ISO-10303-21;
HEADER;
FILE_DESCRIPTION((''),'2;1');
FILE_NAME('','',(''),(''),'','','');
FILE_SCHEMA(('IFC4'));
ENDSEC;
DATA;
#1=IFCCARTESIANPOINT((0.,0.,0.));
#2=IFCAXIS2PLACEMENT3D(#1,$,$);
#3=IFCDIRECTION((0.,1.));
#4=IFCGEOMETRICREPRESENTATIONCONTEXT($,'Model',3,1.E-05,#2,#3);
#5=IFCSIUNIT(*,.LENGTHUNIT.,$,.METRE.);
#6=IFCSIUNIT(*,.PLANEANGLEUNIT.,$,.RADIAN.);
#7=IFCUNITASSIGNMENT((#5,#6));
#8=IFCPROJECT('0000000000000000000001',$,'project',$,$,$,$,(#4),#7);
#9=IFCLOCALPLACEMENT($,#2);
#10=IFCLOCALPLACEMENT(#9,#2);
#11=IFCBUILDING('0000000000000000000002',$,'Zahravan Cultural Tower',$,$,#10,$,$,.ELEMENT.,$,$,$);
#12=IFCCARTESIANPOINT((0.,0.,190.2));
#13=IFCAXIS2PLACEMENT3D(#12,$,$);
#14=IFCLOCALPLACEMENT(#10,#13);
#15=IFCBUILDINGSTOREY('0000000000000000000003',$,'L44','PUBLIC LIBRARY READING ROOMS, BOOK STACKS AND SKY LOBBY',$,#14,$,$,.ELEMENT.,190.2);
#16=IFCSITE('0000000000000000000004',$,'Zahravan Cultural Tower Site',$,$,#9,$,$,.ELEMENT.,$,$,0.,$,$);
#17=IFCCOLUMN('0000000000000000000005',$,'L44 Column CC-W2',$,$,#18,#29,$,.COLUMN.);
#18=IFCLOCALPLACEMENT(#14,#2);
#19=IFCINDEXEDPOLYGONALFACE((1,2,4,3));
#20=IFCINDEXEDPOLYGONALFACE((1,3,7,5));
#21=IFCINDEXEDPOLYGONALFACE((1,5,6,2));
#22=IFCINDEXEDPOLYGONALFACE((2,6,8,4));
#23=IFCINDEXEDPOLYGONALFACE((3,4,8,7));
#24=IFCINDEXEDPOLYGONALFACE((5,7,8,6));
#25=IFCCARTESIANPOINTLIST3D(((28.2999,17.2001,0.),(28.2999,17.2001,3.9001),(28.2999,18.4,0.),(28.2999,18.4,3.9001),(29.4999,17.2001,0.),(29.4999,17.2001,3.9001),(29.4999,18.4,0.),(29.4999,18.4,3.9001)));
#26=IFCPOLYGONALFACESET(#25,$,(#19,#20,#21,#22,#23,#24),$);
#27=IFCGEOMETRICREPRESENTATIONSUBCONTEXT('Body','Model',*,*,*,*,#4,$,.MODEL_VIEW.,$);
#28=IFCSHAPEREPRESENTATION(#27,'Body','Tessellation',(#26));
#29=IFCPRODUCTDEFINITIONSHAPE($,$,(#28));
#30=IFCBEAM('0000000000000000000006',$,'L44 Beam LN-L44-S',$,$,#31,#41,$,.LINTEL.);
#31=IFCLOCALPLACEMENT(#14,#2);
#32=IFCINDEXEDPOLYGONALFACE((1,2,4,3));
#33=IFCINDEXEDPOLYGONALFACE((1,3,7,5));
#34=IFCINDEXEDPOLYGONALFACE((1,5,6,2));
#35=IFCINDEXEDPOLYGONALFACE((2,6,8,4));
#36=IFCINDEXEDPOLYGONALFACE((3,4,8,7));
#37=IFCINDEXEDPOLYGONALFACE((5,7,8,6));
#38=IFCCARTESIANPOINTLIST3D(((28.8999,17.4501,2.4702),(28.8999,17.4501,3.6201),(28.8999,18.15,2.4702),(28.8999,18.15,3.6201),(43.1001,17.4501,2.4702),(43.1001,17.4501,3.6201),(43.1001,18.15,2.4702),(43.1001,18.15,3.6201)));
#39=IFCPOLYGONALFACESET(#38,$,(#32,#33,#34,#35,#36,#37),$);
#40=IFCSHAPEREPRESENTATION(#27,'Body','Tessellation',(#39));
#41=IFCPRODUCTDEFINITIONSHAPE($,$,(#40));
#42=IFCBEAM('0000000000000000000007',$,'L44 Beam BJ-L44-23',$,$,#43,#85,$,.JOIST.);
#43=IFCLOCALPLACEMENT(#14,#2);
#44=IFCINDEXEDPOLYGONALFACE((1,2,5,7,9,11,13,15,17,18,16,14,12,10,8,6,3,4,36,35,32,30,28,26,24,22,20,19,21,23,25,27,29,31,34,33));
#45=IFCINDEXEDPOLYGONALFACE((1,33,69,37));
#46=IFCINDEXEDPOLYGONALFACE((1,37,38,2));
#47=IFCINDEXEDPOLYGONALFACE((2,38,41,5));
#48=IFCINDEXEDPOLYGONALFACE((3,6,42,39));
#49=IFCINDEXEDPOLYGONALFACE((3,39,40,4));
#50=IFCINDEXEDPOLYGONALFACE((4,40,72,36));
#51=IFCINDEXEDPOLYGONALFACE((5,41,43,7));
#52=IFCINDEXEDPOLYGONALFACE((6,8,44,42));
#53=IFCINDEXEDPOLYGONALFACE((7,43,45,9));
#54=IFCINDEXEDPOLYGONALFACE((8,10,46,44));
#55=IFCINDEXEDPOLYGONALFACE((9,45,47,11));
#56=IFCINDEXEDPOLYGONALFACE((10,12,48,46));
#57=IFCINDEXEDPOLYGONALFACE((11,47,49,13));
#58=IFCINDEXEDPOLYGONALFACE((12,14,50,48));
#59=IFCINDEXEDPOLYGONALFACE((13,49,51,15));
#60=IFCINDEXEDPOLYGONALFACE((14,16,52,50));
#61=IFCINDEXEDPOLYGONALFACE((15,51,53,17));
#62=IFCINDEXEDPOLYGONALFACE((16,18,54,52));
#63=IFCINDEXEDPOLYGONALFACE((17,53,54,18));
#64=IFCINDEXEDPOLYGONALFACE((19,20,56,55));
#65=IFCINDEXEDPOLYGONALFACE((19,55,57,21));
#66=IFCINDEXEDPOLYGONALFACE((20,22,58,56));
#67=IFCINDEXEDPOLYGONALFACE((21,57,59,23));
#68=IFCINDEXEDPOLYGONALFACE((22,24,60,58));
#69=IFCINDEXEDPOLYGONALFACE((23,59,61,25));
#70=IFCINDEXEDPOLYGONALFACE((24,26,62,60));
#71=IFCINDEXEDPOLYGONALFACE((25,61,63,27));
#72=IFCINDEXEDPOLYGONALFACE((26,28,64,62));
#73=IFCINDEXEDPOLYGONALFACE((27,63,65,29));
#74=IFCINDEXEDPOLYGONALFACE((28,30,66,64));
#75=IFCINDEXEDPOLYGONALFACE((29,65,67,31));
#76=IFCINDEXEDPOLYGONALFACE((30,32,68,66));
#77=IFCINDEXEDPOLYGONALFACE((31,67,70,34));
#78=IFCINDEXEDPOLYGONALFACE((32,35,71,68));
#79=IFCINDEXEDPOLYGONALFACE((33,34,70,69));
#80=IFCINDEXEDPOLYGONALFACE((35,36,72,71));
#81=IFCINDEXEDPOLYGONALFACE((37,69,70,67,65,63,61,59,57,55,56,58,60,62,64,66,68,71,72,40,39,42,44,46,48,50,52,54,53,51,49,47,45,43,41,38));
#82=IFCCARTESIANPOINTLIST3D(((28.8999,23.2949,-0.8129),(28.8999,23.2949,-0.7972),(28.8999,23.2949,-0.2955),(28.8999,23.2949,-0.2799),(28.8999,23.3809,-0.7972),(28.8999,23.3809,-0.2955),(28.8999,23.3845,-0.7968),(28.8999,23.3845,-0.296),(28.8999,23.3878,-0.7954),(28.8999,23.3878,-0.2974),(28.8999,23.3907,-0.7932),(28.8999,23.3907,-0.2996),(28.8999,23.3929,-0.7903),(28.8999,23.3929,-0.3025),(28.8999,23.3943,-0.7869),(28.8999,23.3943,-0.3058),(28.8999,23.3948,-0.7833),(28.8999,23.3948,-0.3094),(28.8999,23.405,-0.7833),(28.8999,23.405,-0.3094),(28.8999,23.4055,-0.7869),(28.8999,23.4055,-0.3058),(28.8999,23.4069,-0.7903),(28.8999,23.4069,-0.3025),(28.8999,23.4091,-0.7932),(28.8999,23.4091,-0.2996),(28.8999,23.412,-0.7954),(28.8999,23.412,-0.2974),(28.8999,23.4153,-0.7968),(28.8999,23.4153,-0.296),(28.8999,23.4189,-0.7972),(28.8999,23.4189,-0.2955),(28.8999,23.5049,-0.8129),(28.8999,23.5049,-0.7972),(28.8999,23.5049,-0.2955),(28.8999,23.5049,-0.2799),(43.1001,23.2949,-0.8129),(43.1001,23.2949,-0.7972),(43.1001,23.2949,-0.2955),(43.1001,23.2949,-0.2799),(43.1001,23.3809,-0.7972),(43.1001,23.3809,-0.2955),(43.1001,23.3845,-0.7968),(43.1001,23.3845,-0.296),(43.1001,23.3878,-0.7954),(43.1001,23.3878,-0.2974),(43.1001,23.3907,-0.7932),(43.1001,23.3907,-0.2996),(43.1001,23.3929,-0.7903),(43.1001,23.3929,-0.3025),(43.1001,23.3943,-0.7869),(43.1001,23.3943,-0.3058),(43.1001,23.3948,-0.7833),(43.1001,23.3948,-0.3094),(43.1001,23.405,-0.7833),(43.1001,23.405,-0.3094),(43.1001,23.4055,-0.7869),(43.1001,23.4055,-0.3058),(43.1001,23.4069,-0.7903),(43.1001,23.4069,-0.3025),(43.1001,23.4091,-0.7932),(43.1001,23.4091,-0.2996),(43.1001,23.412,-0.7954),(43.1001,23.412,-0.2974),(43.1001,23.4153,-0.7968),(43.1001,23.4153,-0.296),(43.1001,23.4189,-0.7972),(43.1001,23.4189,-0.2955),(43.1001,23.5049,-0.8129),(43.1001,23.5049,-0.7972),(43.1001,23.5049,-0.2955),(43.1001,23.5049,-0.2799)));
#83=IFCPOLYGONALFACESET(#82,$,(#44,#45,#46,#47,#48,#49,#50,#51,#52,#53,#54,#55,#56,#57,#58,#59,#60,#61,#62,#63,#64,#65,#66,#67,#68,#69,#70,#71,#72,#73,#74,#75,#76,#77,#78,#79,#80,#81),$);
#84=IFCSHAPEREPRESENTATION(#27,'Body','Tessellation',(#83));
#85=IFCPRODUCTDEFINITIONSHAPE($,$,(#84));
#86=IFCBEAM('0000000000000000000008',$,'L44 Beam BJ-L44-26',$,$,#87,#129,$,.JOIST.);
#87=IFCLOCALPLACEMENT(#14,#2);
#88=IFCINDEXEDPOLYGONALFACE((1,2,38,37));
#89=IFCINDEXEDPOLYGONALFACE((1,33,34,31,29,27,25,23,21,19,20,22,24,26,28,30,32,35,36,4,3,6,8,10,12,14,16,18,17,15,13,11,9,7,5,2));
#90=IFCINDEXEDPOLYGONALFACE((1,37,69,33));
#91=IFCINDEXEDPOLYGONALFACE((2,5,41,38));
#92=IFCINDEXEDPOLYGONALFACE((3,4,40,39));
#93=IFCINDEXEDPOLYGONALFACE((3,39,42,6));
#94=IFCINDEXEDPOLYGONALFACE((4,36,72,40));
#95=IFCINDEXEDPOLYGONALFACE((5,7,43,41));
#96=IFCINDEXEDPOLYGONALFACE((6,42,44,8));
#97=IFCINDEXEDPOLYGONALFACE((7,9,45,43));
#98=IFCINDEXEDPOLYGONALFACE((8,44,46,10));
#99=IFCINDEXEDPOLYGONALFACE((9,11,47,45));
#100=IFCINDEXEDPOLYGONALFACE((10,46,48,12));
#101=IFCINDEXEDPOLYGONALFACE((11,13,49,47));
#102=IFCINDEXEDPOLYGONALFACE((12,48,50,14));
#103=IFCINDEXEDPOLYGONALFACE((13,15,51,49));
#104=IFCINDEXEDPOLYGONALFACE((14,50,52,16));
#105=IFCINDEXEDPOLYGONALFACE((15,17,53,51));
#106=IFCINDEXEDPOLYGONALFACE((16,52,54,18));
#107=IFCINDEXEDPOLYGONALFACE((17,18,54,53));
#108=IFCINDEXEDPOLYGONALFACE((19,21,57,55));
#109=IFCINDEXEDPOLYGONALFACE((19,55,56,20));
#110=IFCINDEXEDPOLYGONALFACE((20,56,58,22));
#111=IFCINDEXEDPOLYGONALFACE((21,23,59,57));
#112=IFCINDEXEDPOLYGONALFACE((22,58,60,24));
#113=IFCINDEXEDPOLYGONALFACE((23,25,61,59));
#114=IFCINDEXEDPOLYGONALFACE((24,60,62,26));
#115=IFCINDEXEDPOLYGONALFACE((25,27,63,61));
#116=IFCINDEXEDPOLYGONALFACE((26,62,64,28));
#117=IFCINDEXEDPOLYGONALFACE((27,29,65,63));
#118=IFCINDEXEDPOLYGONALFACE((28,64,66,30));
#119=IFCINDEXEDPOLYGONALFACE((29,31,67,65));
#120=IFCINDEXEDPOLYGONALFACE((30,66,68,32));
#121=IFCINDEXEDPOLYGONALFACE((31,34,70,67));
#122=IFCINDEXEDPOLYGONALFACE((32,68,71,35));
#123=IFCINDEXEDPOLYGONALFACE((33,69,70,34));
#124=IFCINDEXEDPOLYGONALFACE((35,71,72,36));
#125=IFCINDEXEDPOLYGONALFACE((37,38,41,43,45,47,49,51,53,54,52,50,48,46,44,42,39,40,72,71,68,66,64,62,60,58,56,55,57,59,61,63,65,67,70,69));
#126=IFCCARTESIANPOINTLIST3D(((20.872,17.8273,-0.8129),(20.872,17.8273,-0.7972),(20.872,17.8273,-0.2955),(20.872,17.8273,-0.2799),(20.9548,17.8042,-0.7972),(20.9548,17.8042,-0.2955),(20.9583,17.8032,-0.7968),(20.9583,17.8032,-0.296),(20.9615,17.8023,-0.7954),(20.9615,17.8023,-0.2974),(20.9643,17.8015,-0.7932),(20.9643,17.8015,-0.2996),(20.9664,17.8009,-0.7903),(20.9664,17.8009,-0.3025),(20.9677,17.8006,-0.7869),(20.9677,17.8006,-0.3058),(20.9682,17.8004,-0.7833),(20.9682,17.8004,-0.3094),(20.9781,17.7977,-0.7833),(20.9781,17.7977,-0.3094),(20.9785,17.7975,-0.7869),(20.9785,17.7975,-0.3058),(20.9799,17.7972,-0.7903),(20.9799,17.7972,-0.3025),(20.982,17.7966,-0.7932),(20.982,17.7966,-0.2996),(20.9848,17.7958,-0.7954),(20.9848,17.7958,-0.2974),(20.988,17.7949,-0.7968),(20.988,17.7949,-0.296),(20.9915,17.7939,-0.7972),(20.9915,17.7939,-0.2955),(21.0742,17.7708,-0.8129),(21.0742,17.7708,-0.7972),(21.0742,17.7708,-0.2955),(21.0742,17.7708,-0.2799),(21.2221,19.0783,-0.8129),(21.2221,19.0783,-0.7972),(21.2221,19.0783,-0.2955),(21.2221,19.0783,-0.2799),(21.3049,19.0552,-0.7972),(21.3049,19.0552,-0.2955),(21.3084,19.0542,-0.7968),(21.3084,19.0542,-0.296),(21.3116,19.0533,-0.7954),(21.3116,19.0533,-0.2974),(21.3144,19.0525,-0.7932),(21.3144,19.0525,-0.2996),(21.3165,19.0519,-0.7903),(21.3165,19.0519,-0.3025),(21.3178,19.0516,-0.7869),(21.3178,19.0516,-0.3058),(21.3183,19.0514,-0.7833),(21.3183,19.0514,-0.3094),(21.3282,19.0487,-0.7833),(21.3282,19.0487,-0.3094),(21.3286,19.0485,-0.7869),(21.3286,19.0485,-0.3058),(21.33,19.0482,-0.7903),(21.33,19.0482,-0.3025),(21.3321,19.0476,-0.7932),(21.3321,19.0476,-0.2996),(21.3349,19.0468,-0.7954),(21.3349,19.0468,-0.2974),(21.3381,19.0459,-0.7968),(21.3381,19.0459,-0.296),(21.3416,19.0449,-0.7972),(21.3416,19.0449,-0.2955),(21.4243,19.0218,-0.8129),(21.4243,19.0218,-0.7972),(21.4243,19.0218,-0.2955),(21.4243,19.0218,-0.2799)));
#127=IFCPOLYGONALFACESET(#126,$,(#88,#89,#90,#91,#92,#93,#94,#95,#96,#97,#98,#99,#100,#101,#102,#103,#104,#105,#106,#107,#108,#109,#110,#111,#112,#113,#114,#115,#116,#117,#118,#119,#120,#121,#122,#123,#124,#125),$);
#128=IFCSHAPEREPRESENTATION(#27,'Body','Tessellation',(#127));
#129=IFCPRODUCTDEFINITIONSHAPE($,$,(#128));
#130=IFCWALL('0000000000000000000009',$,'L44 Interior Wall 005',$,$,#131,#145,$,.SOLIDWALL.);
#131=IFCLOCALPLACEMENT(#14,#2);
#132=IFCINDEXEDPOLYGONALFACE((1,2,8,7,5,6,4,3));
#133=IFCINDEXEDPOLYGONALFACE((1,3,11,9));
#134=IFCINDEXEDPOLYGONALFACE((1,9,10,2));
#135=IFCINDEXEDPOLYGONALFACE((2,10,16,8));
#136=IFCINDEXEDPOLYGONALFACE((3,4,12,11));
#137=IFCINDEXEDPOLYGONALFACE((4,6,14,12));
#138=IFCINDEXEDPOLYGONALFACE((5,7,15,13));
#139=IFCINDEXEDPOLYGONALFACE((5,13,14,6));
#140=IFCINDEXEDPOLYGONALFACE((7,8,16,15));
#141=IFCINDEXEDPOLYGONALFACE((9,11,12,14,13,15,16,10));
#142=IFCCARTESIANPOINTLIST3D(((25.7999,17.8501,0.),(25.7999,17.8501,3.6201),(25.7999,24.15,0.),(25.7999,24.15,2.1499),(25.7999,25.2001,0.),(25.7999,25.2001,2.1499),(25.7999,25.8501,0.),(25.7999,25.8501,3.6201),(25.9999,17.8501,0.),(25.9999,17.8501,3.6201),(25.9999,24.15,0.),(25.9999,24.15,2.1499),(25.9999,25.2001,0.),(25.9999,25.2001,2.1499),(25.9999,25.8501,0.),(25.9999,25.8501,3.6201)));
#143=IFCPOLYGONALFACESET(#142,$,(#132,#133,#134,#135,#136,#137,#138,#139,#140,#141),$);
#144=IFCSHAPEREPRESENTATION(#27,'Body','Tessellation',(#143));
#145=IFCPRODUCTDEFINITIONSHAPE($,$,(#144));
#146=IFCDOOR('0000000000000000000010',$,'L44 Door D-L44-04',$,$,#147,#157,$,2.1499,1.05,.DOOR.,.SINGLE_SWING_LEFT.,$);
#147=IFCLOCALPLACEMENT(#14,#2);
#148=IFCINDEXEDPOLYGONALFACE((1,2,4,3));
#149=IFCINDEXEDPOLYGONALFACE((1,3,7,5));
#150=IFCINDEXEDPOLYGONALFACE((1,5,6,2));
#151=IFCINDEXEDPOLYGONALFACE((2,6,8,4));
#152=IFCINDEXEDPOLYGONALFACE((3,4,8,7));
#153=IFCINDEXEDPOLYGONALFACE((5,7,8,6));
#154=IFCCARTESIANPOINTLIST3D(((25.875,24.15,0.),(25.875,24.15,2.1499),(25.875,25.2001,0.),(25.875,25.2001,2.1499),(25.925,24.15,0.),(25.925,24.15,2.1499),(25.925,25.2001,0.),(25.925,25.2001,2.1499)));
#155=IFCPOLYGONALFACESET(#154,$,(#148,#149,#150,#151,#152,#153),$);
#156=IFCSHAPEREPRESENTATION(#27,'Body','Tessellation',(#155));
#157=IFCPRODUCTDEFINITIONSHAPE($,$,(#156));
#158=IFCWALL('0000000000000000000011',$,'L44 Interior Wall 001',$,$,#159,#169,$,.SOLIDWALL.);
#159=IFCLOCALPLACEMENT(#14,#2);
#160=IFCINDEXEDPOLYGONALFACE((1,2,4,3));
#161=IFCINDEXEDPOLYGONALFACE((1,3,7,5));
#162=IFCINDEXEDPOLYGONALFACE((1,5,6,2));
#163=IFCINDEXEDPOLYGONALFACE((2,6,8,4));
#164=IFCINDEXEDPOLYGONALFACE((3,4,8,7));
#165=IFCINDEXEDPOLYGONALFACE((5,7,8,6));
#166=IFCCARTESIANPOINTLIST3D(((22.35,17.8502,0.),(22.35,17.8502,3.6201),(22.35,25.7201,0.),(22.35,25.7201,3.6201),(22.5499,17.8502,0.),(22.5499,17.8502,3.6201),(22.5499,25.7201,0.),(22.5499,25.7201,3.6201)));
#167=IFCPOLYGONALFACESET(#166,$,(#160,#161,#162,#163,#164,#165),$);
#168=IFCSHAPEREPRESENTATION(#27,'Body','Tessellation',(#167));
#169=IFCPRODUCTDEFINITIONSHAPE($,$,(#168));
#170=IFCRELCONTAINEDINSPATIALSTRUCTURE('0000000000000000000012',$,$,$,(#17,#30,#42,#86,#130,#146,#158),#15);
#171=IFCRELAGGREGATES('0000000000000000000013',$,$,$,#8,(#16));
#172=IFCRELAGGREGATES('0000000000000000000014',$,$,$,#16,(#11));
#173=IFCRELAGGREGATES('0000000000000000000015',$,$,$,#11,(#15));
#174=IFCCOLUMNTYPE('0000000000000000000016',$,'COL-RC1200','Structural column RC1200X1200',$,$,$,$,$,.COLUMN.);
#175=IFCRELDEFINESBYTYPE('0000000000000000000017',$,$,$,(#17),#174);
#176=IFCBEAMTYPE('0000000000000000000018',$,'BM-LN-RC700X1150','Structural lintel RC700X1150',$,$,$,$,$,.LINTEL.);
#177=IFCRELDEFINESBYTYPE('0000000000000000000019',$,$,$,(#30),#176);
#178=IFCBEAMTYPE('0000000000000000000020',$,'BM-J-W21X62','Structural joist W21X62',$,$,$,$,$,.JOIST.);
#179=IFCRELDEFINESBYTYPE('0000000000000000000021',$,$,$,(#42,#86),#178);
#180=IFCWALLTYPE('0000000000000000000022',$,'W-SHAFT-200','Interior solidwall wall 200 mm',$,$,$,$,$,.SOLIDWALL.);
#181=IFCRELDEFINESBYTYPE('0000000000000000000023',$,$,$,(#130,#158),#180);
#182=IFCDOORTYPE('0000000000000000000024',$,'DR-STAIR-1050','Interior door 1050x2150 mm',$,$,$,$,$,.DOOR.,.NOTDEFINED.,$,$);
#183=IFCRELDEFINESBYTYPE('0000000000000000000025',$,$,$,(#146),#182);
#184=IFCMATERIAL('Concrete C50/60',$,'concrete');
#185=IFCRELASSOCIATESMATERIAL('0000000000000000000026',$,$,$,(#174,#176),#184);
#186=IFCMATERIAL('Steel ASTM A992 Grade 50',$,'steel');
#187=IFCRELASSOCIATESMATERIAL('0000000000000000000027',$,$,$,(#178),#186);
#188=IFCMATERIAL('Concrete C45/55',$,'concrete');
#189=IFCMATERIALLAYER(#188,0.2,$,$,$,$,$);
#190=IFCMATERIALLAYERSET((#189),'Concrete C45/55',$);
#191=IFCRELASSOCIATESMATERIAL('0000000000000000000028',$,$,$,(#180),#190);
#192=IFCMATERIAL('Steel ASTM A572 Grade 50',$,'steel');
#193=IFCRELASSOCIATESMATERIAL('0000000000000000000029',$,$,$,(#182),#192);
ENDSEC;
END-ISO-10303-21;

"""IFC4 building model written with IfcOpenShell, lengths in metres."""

from ifc_helpers import new_model, si_unit, direction, frame, frame_2d, origin, origin_2d, place, context, subcontext, project, spatial, rectangle, i_section, extrude, source, transform, mapped, material, layer, layer_set, material_profile, profile_set, type_object, element, fill, save


model = new_model("IFC4")

# Units and contexts
model_context = context("Model", 3, precision=1e-05, world=origin(), true_north=direction((0.0, 1.0)))
body_context = subcontext(model_context, "Body", "Model", "MODEL_VIEW")
ifc_project = project(units=[si_unit("LENGTHUNIT", "METRE"), si_unit("PLANEANGLEUNIT", "RADIAN")], contexts=[model_context])

# Site, building, storey
site_placement = place(None, origin())
site = spatial("IfcSite", under=ifc_project, at=site_placement, Name="Zahravan Cultural Tower Site", CompositionType="ELEMENT", RefElevation=0.0)
building_placement = place(site_placement, origin())
building = spatial("IfcBuilding", under=site, at=building_placement, Name="Zahravan Cultural Tower", CompositionType="ELEMENT")
storey_placement = place(building_placement, frame((0.0, 0.0, 190.2)))
storey = spatial("IfcBuildingStorey", under=building, at=storey_placement, Name="L44", Description="PUBLIC LIBRARY READING ROOMS, BOOK STACKS AND SKY LOBBY", CompositionType="ELEMENT", Elevation=190.2)

# Column
ifc_material_1 = material(Name="Concrete C50/60", Category="concrete")
ifc_material_profile_1 = material_profile(ifc_material_1, rectangle(XDim=1.2, YDim=1.2, at=origin_2d()), Name="RC1200X1200")
ifc_profile_set_1 = profile_set([ifc_material_profile_1], Name="Concrete C50/60")
column_type = type_object("IfcColumnType", Name="COL-RC1200", Description="Structural column RC1200X1200", PredefinedType="COLUMN", material=ifc_profile_set_1)
shared_shape_1 = source(origin(), body_context, "Body", "SweptSolid", [
    extrude(rectangle(XDim=1.2, YDim=1.2, at=origin_2d()), origin(), (0.0, 0.0, 1.0), 3.9001),
])
column_placement = place(storey_placement, frame((28.8999, 17.8, 0.0), z_axis=(0.0, 0.0, 1.0), x_axis=(1.0, 0.0, 0.0)))
element("IfcColumn", 1, at=column_placement, inside=storey, type_object=column_type, Name="L44 Column CC-W2", PredefinedType="COLUMN", context=body_context, shape_type="MappedRepresentation", body=[
    mapped(shared_shape_1, transform((0.0, 0.0, 0.0), x_axis=(1.0, 0.0, 0.0), y_axis=(0.0, 1.0, 0.0), z_axis=(0.0, 0.0, 1.0), scale=1.0)),
])

# Beams
ifc_material_profile_2 = material_profile(ifc_material_1, rectangle(XDim=0.7, YDim=1.1499, at=origin_2d()), Name="RC700X1150")
ifc_profile_set_2 = profile_set([ifc_material_profile_2], Name="Concrete C50/60")
beam_type_1 = type_object("IfcBeamType", Name="BM-LN-RC700X1150", Description="Structural lintel RC700X1150", PredefinedType="LINTEL", material=ifc_profile_set_2)
shared_shape_2 = source(origin(), body_context, "Body", "SweptSolid", [
    extrude(rectangle(XDim=0.7, YDim=1.1499, at=origin_2d()), origin(), (0.0, 0.0, 1.0), 14.2002),
])
beam_1_placement = place(storey_placement, frame((28.8999, 17.8, 3.0452), z_axis=(1.0, 0.0, 0.0), x_axis=(0.0, 1.0, 0.0)))
element("IfcBeam", 2, at=beam_1_placement, inside=storey, type_object=beam_type_1, Name="L44 Beam LN-L44-S", PredefinedType="LINTEL", context=body_context, shape_type="MappedRepresentation", body=[
    mapped(shared_shape_2, transform((0.0, 0.0, 0.0), x_axis=(1.0, 0.0, 0.0), y_axis=(0.0, 1.0, 0.0), z_axis=(0.0, 0.0, 1.0), scale=1.0)),
])
ifc_material_2 = material(Name="Steel ASTM A992 Grade 50", Category="steel")
ifc_material_profile_3 = material_profile(ifc_material_2, i_section(OverallWidth=0.21, OverallDepth=0.533, WebThickness=0.0103, FlangeThickness=0.0156, FilletRadius=0.0139, at=origin_2d()), Name="W21X62")
ifc_profile_set_3 = profile_set([ifc_material_profile_3], Name="Steel ASTM A992 Grade 50")
beam_type_2 = type_object("IfcBeamType", Name="BM-J-W21X62", Description="Structural joist W21X62", PredefinedType="JOIST", material=ifc_profile_set_3)
shared_shape_3 = source(origin(), body_context, "Body", "SweptSolid", [
    extrude(i_section(OverallWidth=0.21, OverallDepth=0.533, WebThickness=0.0103, FlangeThickness=0.0156, FilletRadius=0.0139, at=origin_2d()), origin(), (0.0, 0.0, 1.0), 14.2002),
])
beam_2_placement = place(storey_placement, frame((28.8999, 23.3999, -0.5464), z_axis=(1.0, 0.0, 0.0), x_axis=(0.0, 1.0, 0.0)))
element("IfcBeam", 3, at=beam_2_placement, inside=storey, type_object=beam_type_2, Name="L44 Beam BJ-L44-23", PredefinedType="JOIST", context=body_context, shape_type="MappedRepresentation", body=[
    mapped(shared_shape_3, transform((0.0, 0.0, 0.0), x_axis=(1.0, 0.0, 0.0), y_axis=(0.0, 1.0, 0.0), z_axis=(0.0, 0.0, 1.0), scale=1.0)),
])
shared_shape_4 = source(origin(), body_context, "Body", "SweptSolid", [
    extrude(i_section(OverallWidth=0.21, OverallDepth=0.533, WebThickness=0.0103, FlangeThickness=0.0156, FilletRadius=0.0139, at=origin_2d()), origin(), (0.0, 0.0, 1.0), 1.2991),
])
beam_3_placement = place(storey_placement, frame((21.3232, 19.05, -0.5464), z_axis=(-0.269504, -0.962999, 0.0), x_axis=(0.962999, -0.269504, 0.0)))
element("IfcBeam", 4, at=beam_3_placement, inside=storey, type_object=beam_type_2, Name="L44 Beam BJ-L44-26", PredefinedType="JOIST", context=body_context, shape_type="MappedRepresentation", body=[
    mapped(shared_shape_4, transform((0.0, 0.0, 0.0), x_axis=(1.0, 0.0, 0.0), y_axis=(0.0, 1.0, 0.0), z_axis=(0.0, 0.0, 1.0), scale=1.0)),
])

# Wall, opening, door
ifc_material_3 = material(Name="Concrete C45/55", Category="concrete")
ifc_layer_1 = layer(ifc_material_3, 0.2)
ifc_layer_set_1 = layer_set([ifc_layer_1], Name="Concrete C45/55")
wall_type_1 = type_object("IfcWallType", Name="W-SHAFT-200", Description="Interior solidwall wall 200 mm", PredefinedType="SOLIDWALL", material=ifc_layer_set_1)
wall_1_placement = place(storey_placement, frame((25.8999, 17.8501, 0.0), z_axis=(0.0, 0.0, 1.0), x_axis=(0.0, 1.0, 0.0)))
wall_1 = element("IfcWall", 5, at=wall_1_placement, inside=storey, type_object=wall_type_1, Name="L44 Interior Wall 005", PredefinedType="SOLIDWALL", context=body_context, shape_type="SweptSolid", body=[
    extrude(rectangle(XDim=8.0, YDim=0.2, at=frame_2d((4.0, 0.0))), origin(), (0.0, 0.0, 1.0), 3.6201),
])
opening_1_placement = place(wall_1_placement, frame((6.3, 0.0, 0.0)))
opening_1 = element("IfcOpeningElement", 6, at=opening_1_placement, cuts=wall_1, PredefinedType="OPENING", context=body_context, shape_type="SweptSolid", body=[
    extrude(rectangle(XDim=1.05, YDim=2.1499, at=frame_2d((0.5249, 1.075))), frame((0.0, 0.1099, 0.0), z_axis=(0.0, -1.0, 0.0), x_axis=(1.0, 0.0, 0.0)), (0.0, 0.0, 1.0), 0.22),
])
ifc_material_4 = material(Name="Steel ASTM A572 Grade 50", Category="steel")
door_type_1 = type_object("IfcDoorType", Name="DR-STAIR-1050", Description="Interior door 1050x2150 mm", OperationType="NOTDEFINED", PredefinedType="DOOR", material=ifc_material_4)
shared_shape_5 = source(origin(), body_context, "Body", "SweptSolid", [
    extrude(rectangle(XDim=1.05, YDim=2.1499, at=frame_2d((0.5249, 1.075))), frame((0.0, 0.0249, 0.0), z_axis=(0.0, -1.0, 0.0), x_axis=(1.0, 0.0, 0.0)), (0.0, 0.0, 1.0), 0.05),
])
door_1_placement = place(opening_1_placement, origin())
door_1 = element("IfcDoor", 7, at=door_1_placement, inside=storey, type_object=door_type_1, Name="L44 Door D-L44-04", OperationType="SINGLE_SWING_LEFT", OverallHeight=2.1499, OverallWidth=1.05, PredefinedType="DOOR", context=body_context, shape_type="MappedRepresentation", body=[
    mapped(shared_shape_5, transform((0.0, 0.0, 0.0), x_axis=(1.0, 0.0, 0.0), y_axis=(0.0, 1.0, 0.0), z_axis=(0.0, 0.0, 1.0), scale=1.0)),
])
fill(opening_1, door_1)

# Wall
shared_shape_6 = source(origin(), body_context, "Body", "SweptSolid", [
    extrude(rectangle(XDim=7.8699, YDim=0.2, at=frame_2d((3.9351, 0.0))), origin(), (0.0, 0.0, 1.0), 3.6201),
])
wall_2_placement = place(storey_placement, frame((22.45, 17.8501, 0.0), z_axis=(0.0, 0.0, 1.0), x_axis=(0.0, 1.0, 0.0)))
element("IfcWall", 8, at=wall_2_placement, inside=storey, type_object=wall_type_1, Name="L44 Interior Wall 001", PredefinedType="SOLIDWALL", context=body_context, shape_type="MappedRepresentation", body=[
    mapped(shared_shape_6, transform((0.0, 0.0, 0.0), x_axis=(1.0, 0.0, 0.0), y_axis=(0.0, 1.0, 0.0), z_axis=(0.0, 0.0, 1.0), scale=1.0)),
])

save(model, "model.ifc")
